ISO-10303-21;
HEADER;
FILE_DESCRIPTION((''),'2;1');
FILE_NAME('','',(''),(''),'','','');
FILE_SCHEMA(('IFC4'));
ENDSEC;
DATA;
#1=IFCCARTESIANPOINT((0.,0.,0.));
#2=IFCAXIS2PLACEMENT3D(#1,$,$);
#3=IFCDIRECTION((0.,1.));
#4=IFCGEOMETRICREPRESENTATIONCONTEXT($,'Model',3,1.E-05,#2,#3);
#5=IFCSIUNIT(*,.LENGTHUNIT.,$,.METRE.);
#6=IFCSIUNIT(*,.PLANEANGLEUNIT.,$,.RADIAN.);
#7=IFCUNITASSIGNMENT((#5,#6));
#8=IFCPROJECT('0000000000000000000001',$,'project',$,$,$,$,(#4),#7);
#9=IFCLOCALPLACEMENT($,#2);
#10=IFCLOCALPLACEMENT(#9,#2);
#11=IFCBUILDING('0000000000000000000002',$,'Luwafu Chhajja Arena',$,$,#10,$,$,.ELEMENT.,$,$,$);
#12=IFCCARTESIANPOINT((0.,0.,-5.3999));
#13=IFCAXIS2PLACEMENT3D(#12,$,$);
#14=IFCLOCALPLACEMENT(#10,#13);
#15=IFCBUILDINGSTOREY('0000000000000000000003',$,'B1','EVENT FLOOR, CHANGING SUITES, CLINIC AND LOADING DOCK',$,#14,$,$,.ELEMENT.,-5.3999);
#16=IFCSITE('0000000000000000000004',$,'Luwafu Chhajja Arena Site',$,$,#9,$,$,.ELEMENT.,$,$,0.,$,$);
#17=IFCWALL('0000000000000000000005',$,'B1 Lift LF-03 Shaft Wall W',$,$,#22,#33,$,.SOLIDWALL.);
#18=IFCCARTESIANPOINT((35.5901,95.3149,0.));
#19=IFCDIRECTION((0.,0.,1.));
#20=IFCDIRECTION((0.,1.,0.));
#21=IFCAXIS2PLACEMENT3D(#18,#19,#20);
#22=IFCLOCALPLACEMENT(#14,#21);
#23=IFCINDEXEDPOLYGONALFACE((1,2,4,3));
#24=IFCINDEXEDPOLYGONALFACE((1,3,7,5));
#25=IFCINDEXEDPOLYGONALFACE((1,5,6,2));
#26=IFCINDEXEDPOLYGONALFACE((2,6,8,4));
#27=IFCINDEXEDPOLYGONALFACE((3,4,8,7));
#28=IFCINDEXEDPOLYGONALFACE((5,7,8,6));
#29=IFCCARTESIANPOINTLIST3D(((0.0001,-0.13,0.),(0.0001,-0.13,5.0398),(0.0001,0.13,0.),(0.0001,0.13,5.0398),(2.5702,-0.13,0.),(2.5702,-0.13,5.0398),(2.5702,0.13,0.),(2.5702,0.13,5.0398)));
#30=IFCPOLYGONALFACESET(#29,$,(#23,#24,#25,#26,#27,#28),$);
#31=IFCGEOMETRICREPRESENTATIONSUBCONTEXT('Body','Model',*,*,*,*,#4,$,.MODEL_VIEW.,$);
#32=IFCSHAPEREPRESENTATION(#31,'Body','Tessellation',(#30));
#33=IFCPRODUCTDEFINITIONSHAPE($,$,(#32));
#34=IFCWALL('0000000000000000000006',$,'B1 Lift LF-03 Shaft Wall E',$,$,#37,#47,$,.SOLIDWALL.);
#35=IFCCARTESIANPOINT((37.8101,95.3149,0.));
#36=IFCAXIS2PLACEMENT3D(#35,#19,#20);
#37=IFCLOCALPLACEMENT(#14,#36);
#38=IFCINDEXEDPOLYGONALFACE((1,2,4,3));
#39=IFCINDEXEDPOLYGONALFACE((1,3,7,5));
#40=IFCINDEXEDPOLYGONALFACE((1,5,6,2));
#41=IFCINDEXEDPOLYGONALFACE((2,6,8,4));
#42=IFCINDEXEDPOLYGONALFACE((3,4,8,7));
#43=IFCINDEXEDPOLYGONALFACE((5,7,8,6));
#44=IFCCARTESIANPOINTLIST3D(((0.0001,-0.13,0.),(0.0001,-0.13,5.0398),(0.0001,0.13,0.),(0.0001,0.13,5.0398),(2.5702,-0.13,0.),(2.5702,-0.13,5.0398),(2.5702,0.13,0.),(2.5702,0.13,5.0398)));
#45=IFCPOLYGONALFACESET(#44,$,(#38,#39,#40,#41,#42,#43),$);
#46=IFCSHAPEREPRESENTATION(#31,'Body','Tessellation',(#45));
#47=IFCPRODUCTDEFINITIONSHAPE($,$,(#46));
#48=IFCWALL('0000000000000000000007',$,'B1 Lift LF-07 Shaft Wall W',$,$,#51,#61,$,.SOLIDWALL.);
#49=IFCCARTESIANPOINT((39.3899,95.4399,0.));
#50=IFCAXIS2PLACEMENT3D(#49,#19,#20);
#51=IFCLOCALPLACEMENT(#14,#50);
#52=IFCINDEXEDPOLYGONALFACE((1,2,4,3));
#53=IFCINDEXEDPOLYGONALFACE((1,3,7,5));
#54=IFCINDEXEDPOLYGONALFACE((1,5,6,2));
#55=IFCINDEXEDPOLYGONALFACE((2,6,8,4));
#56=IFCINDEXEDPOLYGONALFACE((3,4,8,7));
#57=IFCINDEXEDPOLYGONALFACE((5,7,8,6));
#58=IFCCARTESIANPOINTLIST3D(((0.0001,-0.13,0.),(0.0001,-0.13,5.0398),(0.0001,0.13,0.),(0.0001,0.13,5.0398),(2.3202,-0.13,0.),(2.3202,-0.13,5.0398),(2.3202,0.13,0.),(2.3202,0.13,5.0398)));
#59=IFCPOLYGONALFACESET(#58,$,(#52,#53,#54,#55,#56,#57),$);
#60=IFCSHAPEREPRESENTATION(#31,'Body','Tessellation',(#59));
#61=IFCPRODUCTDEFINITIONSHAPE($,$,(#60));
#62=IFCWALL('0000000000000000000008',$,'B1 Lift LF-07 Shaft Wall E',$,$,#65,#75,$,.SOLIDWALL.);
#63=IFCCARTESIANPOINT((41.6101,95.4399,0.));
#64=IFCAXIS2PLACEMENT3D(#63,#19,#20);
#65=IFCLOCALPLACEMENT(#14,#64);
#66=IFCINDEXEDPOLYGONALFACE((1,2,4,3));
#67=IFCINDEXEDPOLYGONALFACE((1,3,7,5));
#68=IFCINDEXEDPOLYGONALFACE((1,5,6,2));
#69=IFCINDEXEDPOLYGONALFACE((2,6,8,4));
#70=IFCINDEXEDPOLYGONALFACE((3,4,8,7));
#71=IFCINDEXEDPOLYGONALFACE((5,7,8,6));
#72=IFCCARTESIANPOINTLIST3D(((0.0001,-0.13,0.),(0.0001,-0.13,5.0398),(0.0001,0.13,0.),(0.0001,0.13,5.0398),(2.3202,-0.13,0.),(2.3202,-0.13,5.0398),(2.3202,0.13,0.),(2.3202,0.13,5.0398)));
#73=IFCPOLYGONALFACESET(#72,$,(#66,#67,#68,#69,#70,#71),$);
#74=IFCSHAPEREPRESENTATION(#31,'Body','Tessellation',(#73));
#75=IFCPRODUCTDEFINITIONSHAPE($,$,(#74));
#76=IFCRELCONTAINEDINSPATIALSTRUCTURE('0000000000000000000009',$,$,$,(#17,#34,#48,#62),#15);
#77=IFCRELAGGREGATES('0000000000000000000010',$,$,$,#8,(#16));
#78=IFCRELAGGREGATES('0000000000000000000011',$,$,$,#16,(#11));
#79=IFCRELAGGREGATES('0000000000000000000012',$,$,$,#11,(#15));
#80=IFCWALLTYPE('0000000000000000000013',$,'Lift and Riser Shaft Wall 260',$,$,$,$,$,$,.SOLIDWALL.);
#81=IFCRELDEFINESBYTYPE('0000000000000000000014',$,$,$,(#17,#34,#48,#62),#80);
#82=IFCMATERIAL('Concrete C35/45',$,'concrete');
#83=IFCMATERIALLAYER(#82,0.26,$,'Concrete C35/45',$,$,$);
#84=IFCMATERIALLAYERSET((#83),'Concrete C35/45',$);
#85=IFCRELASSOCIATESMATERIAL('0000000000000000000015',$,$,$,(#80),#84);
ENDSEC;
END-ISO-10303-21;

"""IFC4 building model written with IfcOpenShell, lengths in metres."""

from ifc_helpers import new_model, si_unit, direction, frame, frame_2d, origin, place, context, subcontext, project, spatial, rectangle, extrude, material, layer, layer_set, type_object, element, save


model = new_model("IFC4")

# Units and contexts
model_context = context("Model", 3, precision=1e-05, world=origin(), true_north=direction((0.0, 1.0)))
body_context = subcontext(model_context, "Body", "Model", "MODEL_VIEW")
ifc_project = project(units=[si_unit("LENGTHUNIT", "METRE"), si_unit("PLANEANGLEUNIT", "RADIAN")], contexts=[model_context])

# Site, building, storey
site_placement = place(None, origin())
site = spatial("IfcSite", under=ifc_project, at=site_placement, Name="Luwafu Chhajja Arena Site", CompositionType="ELEMENT", RefElevation=0.0)
building_placement = place(site_placement, origin())
building = spatial("IfcBuilding", under=site, at=building_placement, Name="Luwafu Chhajja Arena", CompositionType="ELEMENT")
storey_placement = place(building_placement, frame((0.0, 0.0, -5.3999)))
storey = spatial("IfcBuildingStorey", under=building, at=storey_placement, Name="B1", Description="EVENT FLOOR, CHANGING SUITES, CLINIC AND LOADING DOCK", CompositionType="ELEMENT", Elevation=-5.3999)

# Shared definitions
ifc_material_1 = material(Name="Concrete C35/45", Category="concrete")

# Walls
ifc_layer = layer(ifc_material_1, 0.26, Name="Concrete C35/45")
ifc_layer_set = layer_set([ifc_layer], Name="Concrete C35/45")
wall_type = type_object("IfcWallType", Name="Lift and Riser Shaft Wall 260", PredefinedType="SOLIDWALL", material=ifc_layer_set)
for number, where, z_axis, x_axis, name in (
    (1, (35.5901, 95.3149, 0.0), (0.0, 0.0, 1.0), (0.0, 1.0, 0.0), "B1 Lift LF-03 Shaft Wall W"),
    (2, (37.8101, 95.3149, 0.0), (0.0, 0.0, 1.0), (0.0, 1.0, 0.0), "B1 Lift LF-03 Shaft Wall E"),
):
    element("IfcWall", number, at=place(storey_placement, frame(where, z_axis=z_axis, x_axis=x_axis)), inside=storey, type_object=wall_type, Name=name, PredefinedType="SOLIDWALL", context=body_context, shape_type="SweptSolid", body=[
        extrude(rectangle(XDim=2.5701, YDim=0.26, at=frame_2d((1.2852, 0.0))), origin(), (0.0, 0.0, 1.0), 5.0398),
    ])

# Walls
for number, where, z_axis, x_axis, name in (
    (3, (39.3899, 95.4399, 0.0), (0.0, 0.0, 1.0), (0.0, 1.0, 0.0), "B1 Lift LF-07 Shaft Wall W"),
    (4, (41.6101, 95.4399, 0.0), (0.0, 0.0, 1.0), (0.0, 1.0, 0.0), "B1 Lift LF-07 Shaft Wall E"),
):
    element("IfcWall", number, at=place(storey_placement, frame(where, z_axis=z_axis, x_axis=x_axis)), inside=storey, type_object=wall_type, Name=name, PredefinedType="SOLIDWALL", context=body_context, shape_type="SweptSolid", body=[
        extrude(rectangle(XDim=2.3201, YDim=0.26, at=frame_2d((1.1602, 0.0))), origin(), (0.0, 0.0, 1.0), 5.0398),
    ])

save(model, "model.ifc")
